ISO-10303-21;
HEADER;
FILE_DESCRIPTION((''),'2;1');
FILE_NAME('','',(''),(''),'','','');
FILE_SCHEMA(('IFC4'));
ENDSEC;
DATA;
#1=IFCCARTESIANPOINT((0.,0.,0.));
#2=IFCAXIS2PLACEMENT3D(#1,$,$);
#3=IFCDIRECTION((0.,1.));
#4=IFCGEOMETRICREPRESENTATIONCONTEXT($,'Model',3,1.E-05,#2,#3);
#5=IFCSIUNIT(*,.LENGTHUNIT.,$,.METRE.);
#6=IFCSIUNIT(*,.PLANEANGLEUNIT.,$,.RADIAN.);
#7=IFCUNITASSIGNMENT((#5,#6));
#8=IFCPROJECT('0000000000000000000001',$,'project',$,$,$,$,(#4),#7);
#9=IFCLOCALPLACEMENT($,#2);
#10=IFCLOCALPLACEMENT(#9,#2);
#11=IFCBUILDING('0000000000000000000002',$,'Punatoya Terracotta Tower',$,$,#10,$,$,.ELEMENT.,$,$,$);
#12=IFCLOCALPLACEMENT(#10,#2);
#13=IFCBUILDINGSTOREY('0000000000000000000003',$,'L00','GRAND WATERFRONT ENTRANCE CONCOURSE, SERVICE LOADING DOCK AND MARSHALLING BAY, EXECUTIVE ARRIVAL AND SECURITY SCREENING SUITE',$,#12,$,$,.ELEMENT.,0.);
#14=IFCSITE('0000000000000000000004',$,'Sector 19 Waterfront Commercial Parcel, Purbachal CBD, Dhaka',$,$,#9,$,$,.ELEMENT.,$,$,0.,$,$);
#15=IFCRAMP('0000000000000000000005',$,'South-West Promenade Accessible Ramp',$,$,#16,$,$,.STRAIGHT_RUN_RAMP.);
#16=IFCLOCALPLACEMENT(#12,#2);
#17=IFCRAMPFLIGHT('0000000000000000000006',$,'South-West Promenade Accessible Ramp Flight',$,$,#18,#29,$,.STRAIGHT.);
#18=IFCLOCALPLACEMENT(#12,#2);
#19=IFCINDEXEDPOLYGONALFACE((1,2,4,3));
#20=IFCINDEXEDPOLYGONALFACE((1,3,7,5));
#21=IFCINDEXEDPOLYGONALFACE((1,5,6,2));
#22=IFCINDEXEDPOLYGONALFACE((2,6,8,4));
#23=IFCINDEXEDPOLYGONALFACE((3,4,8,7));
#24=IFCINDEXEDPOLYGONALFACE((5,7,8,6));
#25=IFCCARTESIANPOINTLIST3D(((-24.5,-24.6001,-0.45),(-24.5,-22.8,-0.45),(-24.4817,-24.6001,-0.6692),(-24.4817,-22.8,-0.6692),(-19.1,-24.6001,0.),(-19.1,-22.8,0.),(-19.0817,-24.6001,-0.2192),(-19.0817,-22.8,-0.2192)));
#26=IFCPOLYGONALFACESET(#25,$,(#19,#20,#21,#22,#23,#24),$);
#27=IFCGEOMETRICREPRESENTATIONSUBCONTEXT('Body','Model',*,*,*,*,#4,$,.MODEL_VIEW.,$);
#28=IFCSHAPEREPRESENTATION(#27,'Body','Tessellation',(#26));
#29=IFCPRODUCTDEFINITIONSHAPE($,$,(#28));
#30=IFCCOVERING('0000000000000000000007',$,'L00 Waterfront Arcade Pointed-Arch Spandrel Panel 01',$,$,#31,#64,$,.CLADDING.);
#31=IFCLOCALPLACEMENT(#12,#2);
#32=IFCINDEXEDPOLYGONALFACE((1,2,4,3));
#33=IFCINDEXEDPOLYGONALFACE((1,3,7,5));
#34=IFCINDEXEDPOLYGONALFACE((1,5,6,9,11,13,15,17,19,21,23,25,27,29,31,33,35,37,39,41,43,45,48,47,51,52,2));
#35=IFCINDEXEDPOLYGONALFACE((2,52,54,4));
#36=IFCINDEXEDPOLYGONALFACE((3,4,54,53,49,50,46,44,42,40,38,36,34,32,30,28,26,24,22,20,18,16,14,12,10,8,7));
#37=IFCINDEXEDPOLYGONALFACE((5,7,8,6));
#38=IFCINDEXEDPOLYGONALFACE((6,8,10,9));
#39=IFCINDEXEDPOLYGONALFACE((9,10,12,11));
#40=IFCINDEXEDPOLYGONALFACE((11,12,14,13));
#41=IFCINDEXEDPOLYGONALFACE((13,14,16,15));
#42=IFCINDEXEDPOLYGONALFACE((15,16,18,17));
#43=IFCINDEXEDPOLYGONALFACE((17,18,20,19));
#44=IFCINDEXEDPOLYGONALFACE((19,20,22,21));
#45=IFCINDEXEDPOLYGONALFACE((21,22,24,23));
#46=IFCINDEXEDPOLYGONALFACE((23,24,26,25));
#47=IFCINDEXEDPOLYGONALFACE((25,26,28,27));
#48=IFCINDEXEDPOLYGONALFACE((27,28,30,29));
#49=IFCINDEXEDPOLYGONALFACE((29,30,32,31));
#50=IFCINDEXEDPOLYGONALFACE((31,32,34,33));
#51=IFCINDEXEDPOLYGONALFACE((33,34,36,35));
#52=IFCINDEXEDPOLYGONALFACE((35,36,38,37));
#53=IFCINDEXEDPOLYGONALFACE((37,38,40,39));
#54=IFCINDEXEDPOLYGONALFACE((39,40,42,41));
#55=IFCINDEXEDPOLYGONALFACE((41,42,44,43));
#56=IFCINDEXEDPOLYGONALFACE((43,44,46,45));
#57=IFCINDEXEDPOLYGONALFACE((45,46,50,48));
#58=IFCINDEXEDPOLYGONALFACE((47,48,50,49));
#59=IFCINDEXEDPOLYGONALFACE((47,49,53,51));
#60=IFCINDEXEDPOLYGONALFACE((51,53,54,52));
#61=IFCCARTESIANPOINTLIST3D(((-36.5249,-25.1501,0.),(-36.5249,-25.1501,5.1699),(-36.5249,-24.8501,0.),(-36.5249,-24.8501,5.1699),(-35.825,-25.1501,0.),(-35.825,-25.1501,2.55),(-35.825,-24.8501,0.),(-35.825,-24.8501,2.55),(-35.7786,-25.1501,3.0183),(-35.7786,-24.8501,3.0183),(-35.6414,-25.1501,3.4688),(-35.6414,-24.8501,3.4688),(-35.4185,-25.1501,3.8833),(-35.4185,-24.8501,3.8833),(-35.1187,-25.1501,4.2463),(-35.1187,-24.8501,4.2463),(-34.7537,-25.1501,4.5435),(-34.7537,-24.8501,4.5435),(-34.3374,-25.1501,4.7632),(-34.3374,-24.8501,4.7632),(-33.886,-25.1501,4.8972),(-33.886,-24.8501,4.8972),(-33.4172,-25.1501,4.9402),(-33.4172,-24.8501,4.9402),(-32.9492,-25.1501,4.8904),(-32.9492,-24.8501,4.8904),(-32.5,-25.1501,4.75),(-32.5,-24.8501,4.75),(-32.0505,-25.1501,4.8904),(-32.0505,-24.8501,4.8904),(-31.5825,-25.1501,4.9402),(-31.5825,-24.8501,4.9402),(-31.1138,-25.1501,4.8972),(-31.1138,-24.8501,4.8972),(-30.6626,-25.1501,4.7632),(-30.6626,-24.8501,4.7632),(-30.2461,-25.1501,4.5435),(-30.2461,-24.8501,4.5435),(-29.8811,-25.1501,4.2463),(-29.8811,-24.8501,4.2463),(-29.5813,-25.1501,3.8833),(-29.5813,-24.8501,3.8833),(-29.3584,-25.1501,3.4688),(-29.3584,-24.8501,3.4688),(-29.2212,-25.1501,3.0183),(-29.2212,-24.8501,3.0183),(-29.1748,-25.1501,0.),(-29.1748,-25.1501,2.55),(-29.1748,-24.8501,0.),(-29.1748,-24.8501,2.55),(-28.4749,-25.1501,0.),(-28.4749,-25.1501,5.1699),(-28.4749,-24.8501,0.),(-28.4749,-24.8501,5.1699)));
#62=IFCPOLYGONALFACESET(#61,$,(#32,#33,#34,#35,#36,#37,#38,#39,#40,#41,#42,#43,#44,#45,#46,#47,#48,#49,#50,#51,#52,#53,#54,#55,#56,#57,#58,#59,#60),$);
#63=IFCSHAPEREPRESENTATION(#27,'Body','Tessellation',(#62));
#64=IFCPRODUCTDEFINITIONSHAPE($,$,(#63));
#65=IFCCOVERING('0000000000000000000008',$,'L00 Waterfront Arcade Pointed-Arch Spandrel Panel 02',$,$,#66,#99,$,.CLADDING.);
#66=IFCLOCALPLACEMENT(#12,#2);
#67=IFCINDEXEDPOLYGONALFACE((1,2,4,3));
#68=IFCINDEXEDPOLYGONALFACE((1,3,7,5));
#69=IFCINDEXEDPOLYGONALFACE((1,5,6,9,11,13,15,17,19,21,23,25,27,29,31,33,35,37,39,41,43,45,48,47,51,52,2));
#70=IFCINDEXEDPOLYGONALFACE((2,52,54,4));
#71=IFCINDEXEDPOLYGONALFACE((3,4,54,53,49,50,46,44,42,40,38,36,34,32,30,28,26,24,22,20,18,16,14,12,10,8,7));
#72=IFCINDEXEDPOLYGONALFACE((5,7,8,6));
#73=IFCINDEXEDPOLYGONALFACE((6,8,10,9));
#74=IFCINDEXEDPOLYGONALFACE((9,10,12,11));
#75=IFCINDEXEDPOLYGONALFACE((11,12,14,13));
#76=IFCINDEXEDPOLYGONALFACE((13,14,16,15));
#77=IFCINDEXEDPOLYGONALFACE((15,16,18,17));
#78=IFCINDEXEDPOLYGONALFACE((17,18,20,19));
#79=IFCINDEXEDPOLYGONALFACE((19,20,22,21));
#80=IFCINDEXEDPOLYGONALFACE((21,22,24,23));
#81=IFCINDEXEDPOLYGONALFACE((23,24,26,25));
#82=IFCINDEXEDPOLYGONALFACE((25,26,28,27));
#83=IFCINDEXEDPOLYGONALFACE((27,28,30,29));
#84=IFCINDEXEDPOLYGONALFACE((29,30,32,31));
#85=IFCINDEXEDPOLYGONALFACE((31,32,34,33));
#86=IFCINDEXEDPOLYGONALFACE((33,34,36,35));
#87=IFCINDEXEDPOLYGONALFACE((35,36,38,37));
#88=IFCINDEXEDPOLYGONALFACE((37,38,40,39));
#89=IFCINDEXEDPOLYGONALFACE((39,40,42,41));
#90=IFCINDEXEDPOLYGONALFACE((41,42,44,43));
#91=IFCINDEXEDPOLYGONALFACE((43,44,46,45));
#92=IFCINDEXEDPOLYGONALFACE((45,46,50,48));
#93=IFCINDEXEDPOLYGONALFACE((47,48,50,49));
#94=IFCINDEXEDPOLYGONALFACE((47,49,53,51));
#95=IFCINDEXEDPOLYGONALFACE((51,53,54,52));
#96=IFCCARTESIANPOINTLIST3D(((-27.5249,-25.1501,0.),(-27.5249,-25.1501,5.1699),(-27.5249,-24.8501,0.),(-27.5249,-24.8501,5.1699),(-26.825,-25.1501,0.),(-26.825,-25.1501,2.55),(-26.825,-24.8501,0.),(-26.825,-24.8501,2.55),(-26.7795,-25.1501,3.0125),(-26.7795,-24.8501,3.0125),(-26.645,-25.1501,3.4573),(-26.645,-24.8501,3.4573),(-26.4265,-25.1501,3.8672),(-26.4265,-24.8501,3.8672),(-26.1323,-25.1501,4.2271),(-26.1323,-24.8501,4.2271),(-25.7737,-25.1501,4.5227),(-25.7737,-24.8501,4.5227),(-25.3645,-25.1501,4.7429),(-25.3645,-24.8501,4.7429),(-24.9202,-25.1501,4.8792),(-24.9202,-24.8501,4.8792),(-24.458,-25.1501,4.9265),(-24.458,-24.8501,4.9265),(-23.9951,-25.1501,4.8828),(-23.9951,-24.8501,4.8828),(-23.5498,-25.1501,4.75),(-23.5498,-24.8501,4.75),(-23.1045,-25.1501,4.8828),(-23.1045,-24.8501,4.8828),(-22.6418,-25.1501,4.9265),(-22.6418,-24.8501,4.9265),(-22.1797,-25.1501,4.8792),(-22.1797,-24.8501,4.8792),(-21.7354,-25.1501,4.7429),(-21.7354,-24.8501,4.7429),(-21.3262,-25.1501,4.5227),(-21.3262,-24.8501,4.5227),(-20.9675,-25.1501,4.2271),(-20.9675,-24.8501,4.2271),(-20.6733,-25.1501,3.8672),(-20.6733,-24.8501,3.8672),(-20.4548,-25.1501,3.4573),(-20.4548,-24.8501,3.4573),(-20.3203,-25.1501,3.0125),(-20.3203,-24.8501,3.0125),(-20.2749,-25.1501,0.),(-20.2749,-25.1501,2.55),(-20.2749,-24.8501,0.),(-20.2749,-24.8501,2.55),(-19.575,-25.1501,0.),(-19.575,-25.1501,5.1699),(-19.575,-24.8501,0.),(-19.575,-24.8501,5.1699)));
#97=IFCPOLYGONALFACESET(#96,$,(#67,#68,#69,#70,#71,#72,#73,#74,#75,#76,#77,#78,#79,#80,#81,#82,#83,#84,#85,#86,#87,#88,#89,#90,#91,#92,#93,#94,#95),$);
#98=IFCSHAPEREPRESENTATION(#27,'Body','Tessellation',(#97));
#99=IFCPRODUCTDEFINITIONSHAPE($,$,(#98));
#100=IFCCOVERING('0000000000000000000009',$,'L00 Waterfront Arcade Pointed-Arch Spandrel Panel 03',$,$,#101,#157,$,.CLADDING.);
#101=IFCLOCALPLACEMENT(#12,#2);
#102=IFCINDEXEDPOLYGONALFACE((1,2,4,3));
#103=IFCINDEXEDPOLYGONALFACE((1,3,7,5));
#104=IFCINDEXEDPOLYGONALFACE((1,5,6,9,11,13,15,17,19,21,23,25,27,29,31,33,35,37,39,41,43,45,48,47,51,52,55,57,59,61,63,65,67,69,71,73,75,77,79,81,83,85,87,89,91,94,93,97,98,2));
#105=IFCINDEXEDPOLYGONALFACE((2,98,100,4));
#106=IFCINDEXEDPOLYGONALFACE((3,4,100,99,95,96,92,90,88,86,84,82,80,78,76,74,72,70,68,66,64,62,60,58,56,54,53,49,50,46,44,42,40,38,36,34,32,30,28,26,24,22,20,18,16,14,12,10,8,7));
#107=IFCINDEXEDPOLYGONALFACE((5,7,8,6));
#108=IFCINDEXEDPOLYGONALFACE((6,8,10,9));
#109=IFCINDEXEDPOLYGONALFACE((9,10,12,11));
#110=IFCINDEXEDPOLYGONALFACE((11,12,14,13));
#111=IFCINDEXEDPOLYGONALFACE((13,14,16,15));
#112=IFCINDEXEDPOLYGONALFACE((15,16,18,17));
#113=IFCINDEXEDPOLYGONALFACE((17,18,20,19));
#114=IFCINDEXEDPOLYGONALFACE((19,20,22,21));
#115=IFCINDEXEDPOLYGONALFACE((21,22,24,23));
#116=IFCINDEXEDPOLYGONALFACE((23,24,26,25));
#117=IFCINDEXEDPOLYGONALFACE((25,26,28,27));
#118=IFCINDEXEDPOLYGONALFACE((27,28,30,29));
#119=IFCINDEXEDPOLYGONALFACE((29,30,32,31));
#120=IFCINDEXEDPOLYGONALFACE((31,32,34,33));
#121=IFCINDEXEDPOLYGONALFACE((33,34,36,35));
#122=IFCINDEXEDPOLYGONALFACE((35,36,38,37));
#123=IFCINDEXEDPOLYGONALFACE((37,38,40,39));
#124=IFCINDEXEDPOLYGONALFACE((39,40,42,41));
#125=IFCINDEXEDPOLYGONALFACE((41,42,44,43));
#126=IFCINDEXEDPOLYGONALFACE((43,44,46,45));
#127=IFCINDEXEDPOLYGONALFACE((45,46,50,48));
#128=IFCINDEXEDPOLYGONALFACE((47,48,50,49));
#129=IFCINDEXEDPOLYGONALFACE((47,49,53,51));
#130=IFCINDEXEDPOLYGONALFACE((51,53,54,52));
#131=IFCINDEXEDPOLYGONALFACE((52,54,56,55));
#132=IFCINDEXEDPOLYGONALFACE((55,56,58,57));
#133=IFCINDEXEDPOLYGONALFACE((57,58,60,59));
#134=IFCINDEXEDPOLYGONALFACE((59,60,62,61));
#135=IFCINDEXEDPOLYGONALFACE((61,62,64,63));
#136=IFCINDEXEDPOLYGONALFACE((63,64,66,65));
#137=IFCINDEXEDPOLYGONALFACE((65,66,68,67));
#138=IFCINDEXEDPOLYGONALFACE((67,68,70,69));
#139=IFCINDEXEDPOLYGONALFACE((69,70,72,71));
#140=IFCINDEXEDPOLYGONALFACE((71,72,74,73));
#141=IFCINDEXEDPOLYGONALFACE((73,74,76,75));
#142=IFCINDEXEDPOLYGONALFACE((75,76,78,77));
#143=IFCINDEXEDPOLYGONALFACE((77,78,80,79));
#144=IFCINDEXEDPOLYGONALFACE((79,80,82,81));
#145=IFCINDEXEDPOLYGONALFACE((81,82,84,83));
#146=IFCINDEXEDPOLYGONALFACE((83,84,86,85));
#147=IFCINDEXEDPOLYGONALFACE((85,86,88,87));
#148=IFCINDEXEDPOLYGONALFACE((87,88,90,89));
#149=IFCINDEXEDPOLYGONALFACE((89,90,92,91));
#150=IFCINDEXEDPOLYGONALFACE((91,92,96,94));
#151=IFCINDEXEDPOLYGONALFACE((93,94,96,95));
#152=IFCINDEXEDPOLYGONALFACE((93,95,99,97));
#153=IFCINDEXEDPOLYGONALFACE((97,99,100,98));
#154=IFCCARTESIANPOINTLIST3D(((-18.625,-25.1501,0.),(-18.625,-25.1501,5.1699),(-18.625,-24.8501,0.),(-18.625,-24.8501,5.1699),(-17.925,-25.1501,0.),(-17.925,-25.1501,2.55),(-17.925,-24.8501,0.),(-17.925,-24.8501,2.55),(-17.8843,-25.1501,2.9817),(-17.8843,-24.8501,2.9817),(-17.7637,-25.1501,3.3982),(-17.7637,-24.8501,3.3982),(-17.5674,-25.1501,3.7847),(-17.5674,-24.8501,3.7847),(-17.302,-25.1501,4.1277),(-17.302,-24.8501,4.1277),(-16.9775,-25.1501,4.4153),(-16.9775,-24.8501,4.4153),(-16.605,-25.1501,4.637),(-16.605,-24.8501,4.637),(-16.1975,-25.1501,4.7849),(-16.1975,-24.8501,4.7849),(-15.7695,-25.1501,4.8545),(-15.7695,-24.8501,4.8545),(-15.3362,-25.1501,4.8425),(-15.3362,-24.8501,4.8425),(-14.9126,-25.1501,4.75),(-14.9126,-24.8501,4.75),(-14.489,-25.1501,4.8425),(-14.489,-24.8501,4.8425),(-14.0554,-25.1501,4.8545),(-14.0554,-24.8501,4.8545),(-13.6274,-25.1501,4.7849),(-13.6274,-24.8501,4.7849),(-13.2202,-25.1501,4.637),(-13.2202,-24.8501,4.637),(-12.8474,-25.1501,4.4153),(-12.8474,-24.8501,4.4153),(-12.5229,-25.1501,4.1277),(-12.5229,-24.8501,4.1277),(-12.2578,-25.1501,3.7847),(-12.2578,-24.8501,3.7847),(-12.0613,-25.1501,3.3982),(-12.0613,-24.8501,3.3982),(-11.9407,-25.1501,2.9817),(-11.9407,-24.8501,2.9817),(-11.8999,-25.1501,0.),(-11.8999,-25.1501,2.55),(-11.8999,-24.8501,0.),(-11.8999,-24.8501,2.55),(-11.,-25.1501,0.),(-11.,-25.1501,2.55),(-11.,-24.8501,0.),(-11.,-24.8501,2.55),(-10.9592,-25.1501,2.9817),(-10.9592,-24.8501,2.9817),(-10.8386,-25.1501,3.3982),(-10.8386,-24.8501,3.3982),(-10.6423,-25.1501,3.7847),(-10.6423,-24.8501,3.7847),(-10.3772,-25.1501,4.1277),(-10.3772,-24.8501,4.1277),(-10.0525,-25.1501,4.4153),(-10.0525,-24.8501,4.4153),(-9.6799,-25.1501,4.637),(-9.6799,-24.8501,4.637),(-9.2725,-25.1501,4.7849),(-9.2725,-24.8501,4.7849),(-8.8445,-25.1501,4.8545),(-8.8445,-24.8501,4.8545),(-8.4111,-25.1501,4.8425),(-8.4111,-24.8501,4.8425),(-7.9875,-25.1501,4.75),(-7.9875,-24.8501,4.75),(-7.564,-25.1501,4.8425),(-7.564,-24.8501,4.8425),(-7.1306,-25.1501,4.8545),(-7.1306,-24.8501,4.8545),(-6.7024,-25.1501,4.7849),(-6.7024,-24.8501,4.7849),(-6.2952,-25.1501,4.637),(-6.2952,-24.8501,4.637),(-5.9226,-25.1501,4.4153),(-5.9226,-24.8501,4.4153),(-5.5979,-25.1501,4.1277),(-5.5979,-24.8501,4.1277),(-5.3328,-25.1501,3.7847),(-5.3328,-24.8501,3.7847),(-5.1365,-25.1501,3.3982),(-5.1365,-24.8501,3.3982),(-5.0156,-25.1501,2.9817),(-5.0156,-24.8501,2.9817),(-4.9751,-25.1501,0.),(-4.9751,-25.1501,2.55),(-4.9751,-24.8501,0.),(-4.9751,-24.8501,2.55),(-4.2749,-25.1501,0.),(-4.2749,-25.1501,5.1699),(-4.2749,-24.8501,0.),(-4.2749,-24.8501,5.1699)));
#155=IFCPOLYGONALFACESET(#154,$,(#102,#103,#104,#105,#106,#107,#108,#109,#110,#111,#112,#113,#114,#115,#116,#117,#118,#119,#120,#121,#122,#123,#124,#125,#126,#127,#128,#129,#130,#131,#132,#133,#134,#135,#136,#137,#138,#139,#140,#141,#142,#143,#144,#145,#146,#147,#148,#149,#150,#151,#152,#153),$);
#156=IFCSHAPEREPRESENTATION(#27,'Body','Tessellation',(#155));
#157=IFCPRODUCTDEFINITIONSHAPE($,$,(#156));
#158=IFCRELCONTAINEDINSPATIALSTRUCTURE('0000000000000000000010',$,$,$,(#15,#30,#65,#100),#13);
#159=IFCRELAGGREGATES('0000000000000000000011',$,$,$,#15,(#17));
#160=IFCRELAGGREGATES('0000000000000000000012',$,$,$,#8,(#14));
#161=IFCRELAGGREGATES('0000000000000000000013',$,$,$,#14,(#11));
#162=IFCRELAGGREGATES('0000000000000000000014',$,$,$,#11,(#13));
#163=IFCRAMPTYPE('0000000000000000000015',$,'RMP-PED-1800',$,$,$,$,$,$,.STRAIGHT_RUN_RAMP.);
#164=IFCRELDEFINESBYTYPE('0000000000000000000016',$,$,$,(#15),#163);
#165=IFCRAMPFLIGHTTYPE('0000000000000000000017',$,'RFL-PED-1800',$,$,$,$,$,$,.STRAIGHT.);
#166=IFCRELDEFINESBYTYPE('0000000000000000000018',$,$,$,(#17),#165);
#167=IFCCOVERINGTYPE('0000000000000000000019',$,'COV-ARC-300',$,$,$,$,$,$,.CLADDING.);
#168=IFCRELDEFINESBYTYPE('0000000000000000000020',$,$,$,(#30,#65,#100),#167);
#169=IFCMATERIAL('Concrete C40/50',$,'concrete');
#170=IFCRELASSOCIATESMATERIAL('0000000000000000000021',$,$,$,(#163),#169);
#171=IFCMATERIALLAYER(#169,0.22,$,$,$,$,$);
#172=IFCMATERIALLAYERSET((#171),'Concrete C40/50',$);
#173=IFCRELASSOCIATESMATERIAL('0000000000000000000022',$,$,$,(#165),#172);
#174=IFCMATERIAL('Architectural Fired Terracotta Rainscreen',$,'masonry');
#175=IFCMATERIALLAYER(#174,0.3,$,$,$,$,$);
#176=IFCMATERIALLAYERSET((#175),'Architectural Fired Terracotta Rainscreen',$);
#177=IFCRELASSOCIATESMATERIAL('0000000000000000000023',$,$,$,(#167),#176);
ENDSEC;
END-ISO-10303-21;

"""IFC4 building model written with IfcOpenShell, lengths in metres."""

from ifc_helpers import new_model, si_unit, direction, frame, origin, place, context, subcontext, project, spatial, polyline, outline, extrude, material, layer, layer_set, type_object, element, aggregate, save


model = new_model("IFC4")

# Units and contexts
model_context = context("Model", 3, precision=1e-05, world=origin(), true_north=direction((0.0, 1.0)))
body_context = subcontext(model_context, "Body", "Model", "MODEL_VIEW")
ifc_project = project(units=[si_unit("LENGTHUNIT", "METRE"), si_unit("PLANEANGLEUNIT", "RADIAN")], contexts=[model_context])

# Site, building, storey
site_placement = place(None, origin())
site = spatial("IfcSite", under=ifc_project, at=site_placement, Name="Sector 19 Waterfront Commercial Parcel, Purbachal CBD, Dhaka", CompositionType="ELEMENT", RefElevation=0.0)
building_placement = place(site_placement, origin())
building = spatial("IfcBuilding", under=site, at=building_placement, Name="Punatoya Terracotta Tower", CompositionType="ELEMENT")
storey_placement = place(building_placement, origin())
storey = spatial("IfcBuildingStorey", under=building, at=storey_placement, Name="L00", Description="GRAND WATERFRONT ENTRANCE CONCOURSE, SERVICE LOADING DOCK AND MARSHALLING BAY, EXECUTIVE ARRIVAL AND SECURITY SCREENING SUITE", CompositionType="ELEMENT", Elevation=0.0)

# Ramp, ramp flight
ifc_material_1 = material(Name="Concrete C40/50", Category="concrete")
ramp_type = type_object("IfcRampType", Name="RMP-PED-1800", PredefinedType="STRAIGHT_RUN_RAMP", material=ifc_material_1)
ramp_placement = place(storey_placement, origin())
ramp = element("IfcRamp", 1, at=ramp_placement, inside=storey, type_object=ramp_type, Name="South-West Promenade Accessible Ramp", PredefinedType="STRAIGHT_RUN_RAMP")
ifc_layer_1 = layer(ifc_material_1, 0.22)
ifc_layer_set_1 = layer_set([ifc_layer_1], Name="Concrete C40/50")
ramp_flight_type = type_object("IfcRampFlightType", Name="RFL-PED-1800", PredefinedType="STRAIGHT", material=ifc_layer_set_1)
ramp_flight_placement = place(storey_placement, frame((-24.5, -24.6001, -0.45), z_axis=(-0.083038, 0.0, 0.996546), x_axis=(0.996546, 0.0, 0.083038)))
ramp_flight = element("IfcRampFlight", 2, at=ramp_flight_placement, type_object=ramp_flight_type, Name="South-West Promenade Accessible Ramp Flight", PredefinedType="STRAIGHT", context=body_context, shape_type="SweptSolid", body=[
    extrude(outline(polyline([(0.0, 0.0), (5.4187, 0.0), (5.4187, 1.8), (0.0, 1.8), (0.0, 0.0)])), origin(), (0.0, 0.0, -1.0), 0.22),
])
aggregate(ramp, [ramp_flight])

# Coverings
ifc_material_2 = material(Name="Architectural Fired Terracotta Rainscreen", Category="masonry")
ifc_layer_2 = layer(ifc_material_2, 0.3)
ifc_layer_set_2 = layer_set([ifc_layer_2], Name="Architectural Fired Terracotta Rainscreen")
covering_type = type_object("IfcCoveringType", Name="COV-ARC-300", PredefinedType="CLADDING", material=ifc_layer_set_2)
covering_1_placement = place(storey_placement, frame((-36.5249, -25.0, 0.0), z_axis=(0.0, 0.0, 1.0), x_axis=(1.0, 0.0, 0.0)))
element("IfcCovering", 3, at=covering_1_placement, inside=storey, type_object=covering_type, Name="L00 Waterfront Arcade Pointed-Arch Spandrel Panel 01", PredefinedType="CLADDING", context=body_context, shape_type="SweptSolid", body=[
    extrude(outline(polyline([(0.0, 0.0), (0.7, 0.0), (0.7, 2.55), (0.7463, 3.0183), (0.8835, 3.4688), (1.1064, 3.8833), (1.4062, 4.2463), (1.7712, 4.5435), (2.1875, 4.7632), (2.6389, 4.8972), (3.1077, 4.9402), (3.5757, 4.8904), (4.0249, 4.75), (4.4744, 4.8904), (4.9424, 4.9402), (5.4111, 4.8972), (5.8623, 4.7632), (6.2788, 4.5435), (6.6438, 4.2463), (6.9436, 3.8833), (7.1665, 3.4688), (7.3037, 3.0183), (7.3501, 2.55), (7.3501, 0.0), (8.05, 0.0), (8.05, 5.1699), (0.0, 5.1699), (0.0, 0.0)])), frame((0.0, 0.1499, 0.0), z_axis=(0.0, -1.0, 0.0), x_axis=(1.0, 0.0, 0.0)), (0.0, 0.0, 1.0), 0.3),
])
covering_2_placement = place(storey_placement, frame((-27.5249, -25.0, 0.0), z_axis=(0.0, 0.0, 1.0), x_axis=(1.0, 0.0, 0.0)))
element("IfcCovering", 4, at=covering_2_placement, inside=storey, type_object=covering_type, Name="L00 Waterfront Arcade Pointed-Arch Spandrel Panel 02", PredefinedType="CLADDING", context=body_context, shape_type="SweptSolid", body=[
    extrude(outline(polyline([(0.0, 0.0), (0.7, 0.0), (0.7, 2.55), (0.7454, 3.0125), (0.8799, 3.4573), (1.0984, 3.8672), (1.3926, 4.2271), (1.7512, 4.5227), (2.1604, 4.7429), (2.6047, 4.8792), (3.0669, 4.9265), (3.5298, 4.8828), (3.9751, 4.75), (4.4204, 4.8828), (4.8831, 4.9265), (5.3452, 4.8792), (5.7896, 4.7429), (6.1987, 4.5227), (6.5574, 4.2271), (6.8516, 3.8672), (7.0701, 3.4573), (7.2046, 3.0125), (7.25, 2.55), (7.25, 0.0), (7.95, 0.0), (7.95, 5.1699), (0.0, 5.1699), (0.0, 0.0)])), frame((0.0, 0.1499, 0.0), z_axis=(0.0, -1.0, 0.0), x_axis=(1.0, 0.0, 0.0)), (0.0, 0.0, 1.0), 0.3),
])
covering_3_placement = place(storey_placement, frame((-18.625, -25.0, 0.0), z_axis=(0.0, 0.0, 1.0), x_axis=(1.0, 0.0, 0.0)))
element("IfcCovering", 5, at=covering_3_placement, inside=storey, type_object=covering_type, Name="L00 Waterfront Arcade Pointed-Arch Spandrel Panel 03", PredefinedType="CLADDING", context=body_context, shape_type="SweptSolid", body=[
    extrude(outline(polyline([(0.0, 0.0), (0.7, 0.0), (0.7, 2.55), (0.7407, 2.9817), (0.8613, 3.3982), (1.0576, 3.7847), (1.323, 4.1277), (1.6475, 4.4153), (2.02, 4.637), (2.4275, 4.7849), (2.8555, 4.8545), (3.2888, 4.8425), (3.7124, 4.75), (4.136, 4.8425), (4.5696, 4.8545), (4.9976, 4.7849), (5.4048, 4.637), (5.7776, 4.4153), (6.1021, 4.1277), (6.3672, 3.7847), (6.5637, 3.3982), (6.6843, 2.9817), (6.7251, 2.55), (6.7251, 0.0), (7.625, 0.0), (7.625, 2.55), (7.6658, 2.9817), (7.7864, 3.3982), (7.9827, 3.7847), (8.2478, 4.1277), (8.5725, 4.4153), (8.9451, 4.637), (9.3525, 4.7849), (9.7805, 4.8545), (10.2139, 4.8425), (10.6375, 4.75), (11.061, 4.8425), (11.4944, 4.8545), (11.9226, 4.7849), (12.3298, 4.637), (12.7024, 4.4153), (13.0271, 4.1277), (13.2922, 3.7847), (13.4885, 3.3982), (13.6094, 2.9817), (13.6499, 2.55), (13.6499, 0.0), (14.3501, 0.0), (14.3501, 5.1699), (0.0, 5.1699), (0.0, 0.0)])), frame((0.0, 0.1499, 0.0), z_axis=(0.0, -1.0, 0.0), x_axis=(1.0, 0.0, 0.0)), (0.0, 0.0, 1.0), 0.3),
])

save(model, "model.ifc")
